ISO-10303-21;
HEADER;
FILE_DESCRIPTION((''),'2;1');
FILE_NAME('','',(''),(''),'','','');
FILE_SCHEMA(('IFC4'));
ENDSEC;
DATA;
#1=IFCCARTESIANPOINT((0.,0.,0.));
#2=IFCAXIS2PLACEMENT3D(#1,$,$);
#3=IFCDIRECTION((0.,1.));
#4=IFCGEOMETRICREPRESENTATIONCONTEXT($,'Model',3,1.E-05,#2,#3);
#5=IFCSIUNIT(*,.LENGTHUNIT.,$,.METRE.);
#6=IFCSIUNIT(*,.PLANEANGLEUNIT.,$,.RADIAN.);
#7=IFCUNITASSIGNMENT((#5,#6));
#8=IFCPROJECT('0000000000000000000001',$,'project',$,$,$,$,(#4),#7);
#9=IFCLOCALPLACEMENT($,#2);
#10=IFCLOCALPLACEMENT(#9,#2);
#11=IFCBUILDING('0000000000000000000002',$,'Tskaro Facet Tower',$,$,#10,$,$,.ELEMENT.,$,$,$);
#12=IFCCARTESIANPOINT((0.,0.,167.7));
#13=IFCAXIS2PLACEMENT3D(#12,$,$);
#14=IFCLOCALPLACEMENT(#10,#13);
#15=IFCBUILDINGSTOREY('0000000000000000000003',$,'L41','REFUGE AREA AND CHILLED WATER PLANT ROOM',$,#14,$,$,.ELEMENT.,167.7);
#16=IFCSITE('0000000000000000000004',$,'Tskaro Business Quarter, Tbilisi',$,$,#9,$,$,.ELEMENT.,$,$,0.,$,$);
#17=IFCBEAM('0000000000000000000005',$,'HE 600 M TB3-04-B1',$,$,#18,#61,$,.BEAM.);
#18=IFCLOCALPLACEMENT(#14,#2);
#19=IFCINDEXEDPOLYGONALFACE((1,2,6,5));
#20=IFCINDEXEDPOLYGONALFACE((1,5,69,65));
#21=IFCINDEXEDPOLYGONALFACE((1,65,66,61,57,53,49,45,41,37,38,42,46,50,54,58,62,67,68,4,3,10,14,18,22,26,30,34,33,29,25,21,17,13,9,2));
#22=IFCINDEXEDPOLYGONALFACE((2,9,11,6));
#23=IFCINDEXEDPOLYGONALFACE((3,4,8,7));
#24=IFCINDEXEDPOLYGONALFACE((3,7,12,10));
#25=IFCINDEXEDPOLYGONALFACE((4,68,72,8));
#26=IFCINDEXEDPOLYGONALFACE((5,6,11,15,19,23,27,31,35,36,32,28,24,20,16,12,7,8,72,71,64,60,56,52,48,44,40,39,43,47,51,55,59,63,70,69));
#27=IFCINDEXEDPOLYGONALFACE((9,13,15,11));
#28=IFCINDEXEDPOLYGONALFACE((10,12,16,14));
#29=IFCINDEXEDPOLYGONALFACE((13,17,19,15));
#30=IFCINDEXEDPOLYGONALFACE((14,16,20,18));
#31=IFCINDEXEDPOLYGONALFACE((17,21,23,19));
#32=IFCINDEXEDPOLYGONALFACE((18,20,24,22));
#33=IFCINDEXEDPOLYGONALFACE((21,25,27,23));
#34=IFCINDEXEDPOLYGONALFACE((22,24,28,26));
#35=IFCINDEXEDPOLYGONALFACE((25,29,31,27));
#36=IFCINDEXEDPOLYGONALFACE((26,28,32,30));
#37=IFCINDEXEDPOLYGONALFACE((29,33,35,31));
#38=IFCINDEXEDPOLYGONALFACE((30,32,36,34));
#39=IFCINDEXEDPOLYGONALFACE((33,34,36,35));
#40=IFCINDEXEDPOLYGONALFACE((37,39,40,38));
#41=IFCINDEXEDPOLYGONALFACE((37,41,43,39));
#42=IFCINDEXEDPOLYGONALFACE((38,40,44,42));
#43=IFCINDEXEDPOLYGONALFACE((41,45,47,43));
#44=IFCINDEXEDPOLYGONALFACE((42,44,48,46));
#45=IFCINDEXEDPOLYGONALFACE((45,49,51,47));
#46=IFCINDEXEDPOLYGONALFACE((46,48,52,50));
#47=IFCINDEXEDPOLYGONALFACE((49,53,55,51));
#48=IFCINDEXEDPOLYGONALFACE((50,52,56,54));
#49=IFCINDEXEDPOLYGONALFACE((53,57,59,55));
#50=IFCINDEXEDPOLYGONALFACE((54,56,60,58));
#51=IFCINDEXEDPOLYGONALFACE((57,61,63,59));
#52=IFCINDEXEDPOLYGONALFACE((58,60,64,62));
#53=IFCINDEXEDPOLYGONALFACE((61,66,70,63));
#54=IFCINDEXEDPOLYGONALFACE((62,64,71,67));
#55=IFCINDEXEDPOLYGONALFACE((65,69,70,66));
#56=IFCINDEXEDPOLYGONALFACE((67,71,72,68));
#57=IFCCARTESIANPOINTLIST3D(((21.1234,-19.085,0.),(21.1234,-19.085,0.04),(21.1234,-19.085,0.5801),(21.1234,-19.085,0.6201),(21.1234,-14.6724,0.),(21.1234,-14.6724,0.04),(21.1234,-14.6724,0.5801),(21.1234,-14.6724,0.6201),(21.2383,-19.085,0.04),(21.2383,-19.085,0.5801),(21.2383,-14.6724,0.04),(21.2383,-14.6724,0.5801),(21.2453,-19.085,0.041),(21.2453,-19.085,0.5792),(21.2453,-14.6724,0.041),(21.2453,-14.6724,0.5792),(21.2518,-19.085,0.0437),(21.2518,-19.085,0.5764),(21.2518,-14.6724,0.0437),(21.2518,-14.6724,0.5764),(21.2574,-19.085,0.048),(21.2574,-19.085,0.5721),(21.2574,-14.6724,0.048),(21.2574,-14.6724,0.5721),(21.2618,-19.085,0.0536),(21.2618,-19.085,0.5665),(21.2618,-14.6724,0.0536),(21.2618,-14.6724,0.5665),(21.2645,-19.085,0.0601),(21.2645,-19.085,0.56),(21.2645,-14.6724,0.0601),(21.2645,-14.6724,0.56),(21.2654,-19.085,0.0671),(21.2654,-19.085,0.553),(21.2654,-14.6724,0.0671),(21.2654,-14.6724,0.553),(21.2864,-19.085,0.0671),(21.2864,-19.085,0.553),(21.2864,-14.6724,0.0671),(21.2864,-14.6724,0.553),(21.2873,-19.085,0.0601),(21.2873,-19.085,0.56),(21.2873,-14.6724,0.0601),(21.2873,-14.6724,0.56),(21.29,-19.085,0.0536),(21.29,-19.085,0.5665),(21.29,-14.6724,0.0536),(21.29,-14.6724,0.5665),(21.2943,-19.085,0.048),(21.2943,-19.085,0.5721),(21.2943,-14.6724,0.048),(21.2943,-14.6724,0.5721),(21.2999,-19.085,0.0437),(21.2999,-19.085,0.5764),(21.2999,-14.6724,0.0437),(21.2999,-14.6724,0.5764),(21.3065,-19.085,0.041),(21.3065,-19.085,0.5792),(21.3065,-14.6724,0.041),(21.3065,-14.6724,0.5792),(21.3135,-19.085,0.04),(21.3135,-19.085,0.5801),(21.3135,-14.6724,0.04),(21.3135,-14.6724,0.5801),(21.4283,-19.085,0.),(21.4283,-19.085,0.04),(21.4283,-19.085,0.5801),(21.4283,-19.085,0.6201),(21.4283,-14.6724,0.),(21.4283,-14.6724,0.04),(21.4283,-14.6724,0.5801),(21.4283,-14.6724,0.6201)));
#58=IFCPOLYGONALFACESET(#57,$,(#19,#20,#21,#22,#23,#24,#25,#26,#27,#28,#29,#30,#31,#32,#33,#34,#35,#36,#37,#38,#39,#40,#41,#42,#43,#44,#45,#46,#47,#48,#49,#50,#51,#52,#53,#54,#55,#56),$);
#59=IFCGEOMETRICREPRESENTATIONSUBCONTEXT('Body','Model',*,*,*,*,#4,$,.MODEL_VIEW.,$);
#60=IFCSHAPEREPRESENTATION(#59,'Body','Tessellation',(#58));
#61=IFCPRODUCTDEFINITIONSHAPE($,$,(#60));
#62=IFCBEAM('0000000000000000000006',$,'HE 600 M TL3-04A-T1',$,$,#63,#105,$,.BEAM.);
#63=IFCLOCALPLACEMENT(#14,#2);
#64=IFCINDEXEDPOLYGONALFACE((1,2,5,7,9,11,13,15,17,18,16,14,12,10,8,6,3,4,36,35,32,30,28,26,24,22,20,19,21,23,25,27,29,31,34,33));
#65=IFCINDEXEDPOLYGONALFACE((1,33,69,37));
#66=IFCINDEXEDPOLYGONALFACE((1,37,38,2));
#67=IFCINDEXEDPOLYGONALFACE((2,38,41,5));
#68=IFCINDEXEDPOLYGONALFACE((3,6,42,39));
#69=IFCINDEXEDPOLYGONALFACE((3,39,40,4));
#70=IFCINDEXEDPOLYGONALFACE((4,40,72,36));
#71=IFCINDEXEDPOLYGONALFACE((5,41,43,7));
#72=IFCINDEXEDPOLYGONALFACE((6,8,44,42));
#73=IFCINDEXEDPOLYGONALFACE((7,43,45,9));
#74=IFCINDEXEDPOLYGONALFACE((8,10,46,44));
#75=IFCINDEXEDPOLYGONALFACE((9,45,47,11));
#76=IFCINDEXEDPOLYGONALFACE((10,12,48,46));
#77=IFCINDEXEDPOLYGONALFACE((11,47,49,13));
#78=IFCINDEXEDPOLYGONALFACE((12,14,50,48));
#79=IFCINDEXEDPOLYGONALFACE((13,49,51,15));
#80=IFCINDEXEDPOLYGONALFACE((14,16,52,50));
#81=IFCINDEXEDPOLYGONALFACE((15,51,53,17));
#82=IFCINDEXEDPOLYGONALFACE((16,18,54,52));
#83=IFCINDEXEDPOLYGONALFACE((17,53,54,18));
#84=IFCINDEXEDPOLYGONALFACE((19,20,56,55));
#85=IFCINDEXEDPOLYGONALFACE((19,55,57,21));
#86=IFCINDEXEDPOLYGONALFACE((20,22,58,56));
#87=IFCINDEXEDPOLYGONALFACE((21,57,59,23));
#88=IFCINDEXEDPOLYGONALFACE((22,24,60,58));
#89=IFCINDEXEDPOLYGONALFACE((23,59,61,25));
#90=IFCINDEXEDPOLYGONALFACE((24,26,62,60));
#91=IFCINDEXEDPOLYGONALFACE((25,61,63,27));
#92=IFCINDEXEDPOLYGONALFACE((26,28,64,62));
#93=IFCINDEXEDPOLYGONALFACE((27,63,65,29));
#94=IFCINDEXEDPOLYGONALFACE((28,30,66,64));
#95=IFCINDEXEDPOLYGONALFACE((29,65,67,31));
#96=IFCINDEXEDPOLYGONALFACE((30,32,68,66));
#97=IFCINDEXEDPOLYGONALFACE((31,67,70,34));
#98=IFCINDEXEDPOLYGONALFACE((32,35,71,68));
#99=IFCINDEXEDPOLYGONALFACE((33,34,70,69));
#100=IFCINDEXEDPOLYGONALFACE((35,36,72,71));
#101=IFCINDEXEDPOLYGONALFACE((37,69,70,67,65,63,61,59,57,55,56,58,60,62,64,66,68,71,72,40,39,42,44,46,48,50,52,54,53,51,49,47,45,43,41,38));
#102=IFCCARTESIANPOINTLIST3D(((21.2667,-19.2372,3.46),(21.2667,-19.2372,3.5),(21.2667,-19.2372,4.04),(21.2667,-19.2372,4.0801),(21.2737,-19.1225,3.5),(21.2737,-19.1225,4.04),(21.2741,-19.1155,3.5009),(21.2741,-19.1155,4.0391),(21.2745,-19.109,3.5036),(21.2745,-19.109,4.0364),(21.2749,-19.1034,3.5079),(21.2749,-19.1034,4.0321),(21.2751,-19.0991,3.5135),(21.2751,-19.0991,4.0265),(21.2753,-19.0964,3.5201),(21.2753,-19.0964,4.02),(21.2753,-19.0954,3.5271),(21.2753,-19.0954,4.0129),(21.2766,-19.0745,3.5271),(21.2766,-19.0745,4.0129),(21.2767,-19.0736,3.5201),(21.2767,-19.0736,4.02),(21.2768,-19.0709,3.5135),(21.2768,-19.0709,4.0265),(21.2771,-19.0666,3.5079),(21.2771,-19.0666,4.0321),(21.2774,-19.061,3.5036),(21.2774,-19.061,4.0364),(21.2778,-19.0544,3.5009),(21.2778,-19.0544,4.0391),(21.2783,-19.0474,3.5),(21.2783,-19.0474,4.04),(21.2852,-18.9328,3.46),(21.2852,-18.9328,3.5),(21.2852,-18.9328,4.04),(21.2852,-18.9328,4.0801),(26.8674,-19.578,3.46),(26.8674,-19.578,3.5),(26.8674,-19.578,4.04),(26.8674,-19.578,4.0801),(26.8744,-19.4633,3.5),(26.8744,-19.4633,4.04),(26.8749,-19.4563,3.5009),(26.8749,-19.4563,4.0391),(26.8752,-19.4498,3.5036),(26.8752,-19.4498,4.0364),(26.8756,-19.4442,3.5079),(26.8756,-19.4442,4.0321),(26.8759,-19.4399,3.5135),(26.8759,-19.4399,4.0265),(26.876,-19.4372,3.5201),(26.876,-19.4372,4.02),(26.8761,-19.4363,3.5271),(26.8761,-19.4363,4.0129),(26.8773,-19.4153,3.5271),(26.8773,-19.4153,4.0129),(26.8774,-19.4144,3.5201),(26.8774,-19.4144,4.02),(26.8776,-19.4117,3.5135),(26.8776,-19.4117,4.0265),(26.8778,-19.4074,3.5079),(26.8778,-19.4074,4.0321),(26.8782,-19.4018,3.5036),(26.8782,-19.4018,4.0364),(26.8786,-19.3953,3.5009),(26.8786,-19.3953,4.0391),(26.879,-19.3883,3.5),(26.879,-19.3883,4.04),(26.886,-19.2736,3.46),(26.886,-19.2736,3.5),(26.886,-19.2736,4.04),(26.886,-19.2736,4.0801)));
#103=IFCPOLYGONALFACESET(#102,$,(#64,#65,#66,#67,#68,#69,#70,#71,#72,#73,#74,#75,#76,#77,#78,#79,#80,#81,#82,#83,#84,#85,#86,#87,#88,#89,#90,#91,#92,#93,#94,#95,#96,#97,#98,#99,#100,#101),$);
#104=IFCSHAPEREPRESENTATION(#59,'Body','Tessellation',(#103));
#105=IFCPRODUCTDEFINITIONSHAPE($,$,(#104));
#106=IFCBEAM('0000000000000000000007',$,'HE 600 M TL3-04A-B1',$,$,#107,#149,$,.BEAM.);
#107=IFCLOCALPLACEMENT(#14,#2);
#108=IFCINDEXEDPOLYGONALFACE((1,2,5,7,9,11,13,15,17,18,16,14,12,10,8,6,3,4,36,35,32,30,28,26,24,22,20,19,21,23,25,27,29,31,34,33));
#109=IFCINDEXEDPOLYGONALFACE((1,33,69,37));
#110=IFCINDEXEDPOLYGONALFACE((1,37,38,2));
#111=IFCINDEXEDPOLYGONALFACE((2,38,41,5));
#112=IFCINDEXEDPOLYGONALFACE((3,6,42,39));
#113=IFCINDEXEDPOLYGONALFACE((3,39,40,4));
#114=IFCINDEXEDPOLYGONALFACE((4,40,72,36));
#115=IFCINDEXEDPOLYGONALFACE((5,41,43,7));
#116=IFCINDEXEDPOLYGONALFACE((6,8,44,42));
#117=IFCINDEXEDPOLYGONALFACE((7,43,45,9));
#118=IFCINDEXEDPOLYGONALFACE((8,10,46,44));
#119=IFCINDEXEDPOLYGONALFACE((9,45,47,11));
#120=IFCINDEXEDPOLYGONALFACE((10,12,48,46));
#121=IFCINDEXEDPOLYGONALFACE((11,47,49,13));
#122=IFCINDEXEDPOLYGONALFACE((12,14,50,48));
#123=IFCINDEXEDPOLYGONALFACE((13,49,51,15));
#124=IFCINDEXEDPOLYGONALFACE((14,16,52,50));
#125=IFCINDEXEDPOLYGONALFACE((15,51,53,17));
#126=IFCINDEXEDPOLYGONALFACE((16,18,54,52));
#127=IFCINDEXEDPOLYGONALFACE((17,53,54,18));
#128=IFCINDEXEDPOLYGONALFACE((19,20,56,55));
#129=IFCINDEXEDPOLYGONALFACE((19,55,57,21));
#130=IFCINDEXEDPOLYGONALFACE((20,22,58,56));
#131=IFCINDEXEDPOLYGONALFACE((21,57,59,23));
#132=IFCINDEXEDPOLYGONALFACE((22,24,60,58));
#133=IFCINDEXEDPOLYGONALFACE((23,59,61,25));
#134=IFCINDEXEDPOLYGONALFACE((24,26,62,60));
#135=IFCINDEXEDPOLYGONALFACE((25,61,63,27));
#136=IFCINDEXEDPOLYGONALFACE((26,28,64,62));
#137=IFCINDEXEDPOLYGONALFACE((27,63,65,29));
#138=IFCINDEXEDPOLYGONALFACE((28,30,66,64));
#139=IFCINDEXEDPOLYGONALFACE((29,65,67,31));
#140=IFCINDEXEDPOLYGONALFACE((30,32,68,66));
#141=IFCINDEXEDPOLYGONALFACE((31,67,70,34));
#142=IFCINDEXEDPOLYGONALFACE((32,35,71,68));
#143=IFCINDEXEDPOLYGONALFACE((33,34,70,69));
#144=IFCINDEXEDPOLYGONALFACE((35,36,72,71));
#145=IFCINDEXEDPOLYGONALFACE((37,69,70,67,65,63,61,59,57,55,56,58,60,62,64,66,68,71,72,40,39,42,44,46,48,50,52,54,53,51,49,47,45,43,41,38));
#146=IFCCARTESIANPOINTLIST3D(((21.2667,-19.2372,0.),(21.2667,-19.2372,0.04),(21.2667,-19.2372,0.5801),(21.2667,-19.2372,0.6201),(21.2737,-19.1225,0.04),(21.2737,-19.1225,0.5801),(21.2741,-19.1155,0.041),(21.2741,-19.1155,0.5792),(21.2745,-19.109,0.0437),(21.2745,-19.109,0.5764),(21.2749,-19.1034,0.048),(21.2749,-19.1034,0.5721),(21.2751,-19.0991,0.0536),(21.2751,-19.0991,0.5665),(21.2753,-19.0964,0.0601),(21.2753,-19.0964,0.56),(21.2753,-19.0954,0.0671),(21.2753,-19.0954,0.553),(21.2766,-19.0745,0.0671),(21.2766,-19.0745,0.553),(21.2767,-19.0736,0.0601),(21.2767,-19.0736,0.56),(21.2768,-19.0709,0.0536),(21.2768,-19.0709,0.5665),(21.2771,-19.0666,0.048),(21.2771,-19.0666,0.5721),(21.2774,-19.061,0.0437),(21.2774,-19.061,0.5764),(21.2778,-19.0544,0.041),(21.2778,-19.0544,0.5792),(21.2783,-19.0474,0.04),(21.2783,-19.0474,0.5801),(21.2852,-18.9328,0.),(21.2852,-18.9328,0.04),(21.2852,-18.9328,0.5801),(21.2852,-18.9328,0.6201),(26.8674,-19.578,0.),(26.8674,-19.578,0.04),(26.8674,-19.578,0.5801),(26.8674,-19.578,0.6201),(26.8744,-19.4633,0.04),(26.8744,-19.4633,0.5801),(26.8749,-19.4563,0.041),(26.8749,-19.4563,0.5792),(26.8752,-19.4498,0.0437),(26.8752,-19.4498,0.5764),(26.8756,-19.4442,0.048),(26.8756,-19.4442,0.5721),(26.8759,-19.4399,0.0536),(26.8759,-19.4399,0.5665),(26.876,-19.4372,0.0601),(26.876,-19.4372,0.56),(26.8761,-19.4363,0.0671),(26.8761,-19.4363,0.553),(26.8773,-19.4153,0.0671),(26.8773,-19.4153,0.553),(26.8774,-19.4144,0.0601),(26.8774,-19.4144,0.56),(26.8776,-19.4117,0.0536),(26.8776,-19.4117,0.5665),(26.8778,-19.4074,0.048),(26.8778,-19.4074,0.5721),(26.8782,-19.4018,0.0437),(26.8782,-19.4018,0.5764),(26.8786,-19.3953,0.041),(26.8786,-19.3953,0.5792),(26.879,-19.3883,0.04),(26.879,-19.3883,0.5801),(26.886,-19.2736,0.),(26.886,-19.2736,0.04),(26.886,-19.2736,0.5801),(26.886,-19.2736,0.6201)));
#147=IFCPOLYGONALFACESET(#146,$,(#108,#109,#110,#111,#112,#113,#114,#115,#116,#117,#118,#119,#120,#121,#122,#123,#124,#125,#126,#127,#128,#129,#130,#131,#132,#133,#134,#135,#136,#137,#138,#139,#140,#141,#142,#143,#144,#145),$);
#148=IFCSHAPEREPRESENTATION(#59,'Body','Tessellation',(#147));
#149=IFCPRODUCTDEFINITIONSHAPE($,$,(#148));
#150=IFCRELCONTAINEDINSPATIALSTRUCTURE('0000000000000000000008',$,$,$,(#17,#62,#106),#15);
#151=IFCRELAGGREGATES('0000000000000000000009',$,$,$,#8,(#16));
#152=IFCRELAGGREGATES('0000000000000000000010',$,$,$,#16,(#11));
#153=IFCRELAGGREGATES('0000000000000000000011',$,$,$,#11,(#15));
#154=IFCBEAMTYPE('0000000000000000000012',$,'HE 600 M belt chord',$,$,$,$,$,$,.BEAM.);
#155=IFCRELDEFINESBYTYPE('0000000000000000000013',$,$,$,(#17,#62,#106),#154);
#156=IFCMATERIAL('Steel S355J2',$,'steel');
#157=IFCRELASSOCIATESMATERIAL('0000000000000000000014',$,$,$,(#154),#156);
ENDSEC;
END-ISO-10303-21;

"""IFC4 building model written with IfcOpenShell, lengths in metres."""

from ifc_helpers import new_model, si_unit, direction, frame, origin, origin_2d, place, context, subcontext, project, spatial, i_section, extrude, material, material_profile, profile_set, type_object, element, save


model = new_model("IFC4")

# Units and contexts
model_context = context("Model", 3, precision=1e-05, world=origin(), true_north=direction((0.0, 1.0)))
body_context = subcontext(model_context, "Body", "Model", "MODEL_VIEW")
ifc_project = project(units=[si_unit("LENGTHUNIT", "METRE"), si_unit("PLANEANGLEUNIT", "RADIAN")], contexts=[model_context])

# Site, building, storey
site_placement = place(None, origin())
site = spatial("IfcSite", under=ifc_project, at=site_placement, Name="Tskaro Business Quarter, Tbilisi", CompositionType="ELEMENT", RefElevation=0.0)
building_placement = place(site_placement, origin())
building = spatial("IfcBuilding", under=site, at=building_placement, Name="Tskaro Facet Tower", CompositionType="ELEMENT")
storey_placement = place(building_placement, frame((0.0, 0.0, 167.7)))
storey = spatial("IfcBuildingStorey", under=building, at=storey_placement, Name="L41", Description="REFUGE AREA AND CHILLED WATER PLANT ROOM", CompositionType="ELEMENT", Elevation=167.7)

# Beams
ifc_material_1 = material(Name="Steel S355J2", Category="steel")
ifc_material_profile_1 = material_profile(ifc_material_1, i_section(OverallWidth=0.3049, OverallDepth=0.6201, WebThickness=0.021, FlangeThickness=0.04, FilletRadius=0.0271, at=origin_2d()), Name="HE 600 M")
ifc_profile_set_1 = profile_set([ifc_material_profile_1], Name="Steel S355J2")
beam_type_1 = type_object("IfcBeamType", Name="HE 600 M belt chord", PredefinedType="BEAM", material=ifc_profile_set_1)
for number, where, z_axis, x_axis, name in (
    (1, (21.2759, -19.085, 0.3101), (0.0, 1.0, 0.0), (-1.0, 0.0, 0.0), "HE 600 M TB3-04-B1"),
):
    element("IfcBeam", number, at=place(storey_placement, frame(where, z_axis=z_axis, x_axis=x_axis)), inside=storey, type_object=beam_type_1, Name=name, PredefinedType="BEAM", context=body_context, shape_type="SweptSolid", body=[
        extrude(i_section(OverallWidth=0.3049, OverallDepth=0.6201, WebThickness=0.021, FlangeThickness=0.04, FilletRadius=0.0271, at=origin_2d()), origin(), (0.0, 0.0, 1.0), 4.4126),
    ])
for number, where, z_axis, x_axis, name in (
    (2, (26.8767, -19.4258, 3.77), (-0.998154, 0.060739, 0.0), (-0.060739, -0.998154, 0.0), "HE 600 M TL3-04A-T1"),
    (3, (26.8767, -19.4258, 0.3101), (-0.998154, 0.060739, 0.0), (-0.060739, -0.998154, 0.0), "HE 600 M TL3-04A-B1"),
):
    element("IfcBeam", number, at=place(storey_placement, frame(where, z_axis=z_axis, x_axis=x_axis)), inside=storey, type_object=beam_type_1, Name=name, PredefinedType="BEAM", context=body_context, shape_type="SweptSolid", body=[
        extrude(i_section(OverallWidth=0.3049, OverallDepth=0.6201, WebThickness=0.021, FlangeThickness=0.04, FilletRadius=0.0271, at=origin_2d()), origin(), (0.0, 0.0, 1.0), 5.6111),
    ])

save(model, "model.ifc")
